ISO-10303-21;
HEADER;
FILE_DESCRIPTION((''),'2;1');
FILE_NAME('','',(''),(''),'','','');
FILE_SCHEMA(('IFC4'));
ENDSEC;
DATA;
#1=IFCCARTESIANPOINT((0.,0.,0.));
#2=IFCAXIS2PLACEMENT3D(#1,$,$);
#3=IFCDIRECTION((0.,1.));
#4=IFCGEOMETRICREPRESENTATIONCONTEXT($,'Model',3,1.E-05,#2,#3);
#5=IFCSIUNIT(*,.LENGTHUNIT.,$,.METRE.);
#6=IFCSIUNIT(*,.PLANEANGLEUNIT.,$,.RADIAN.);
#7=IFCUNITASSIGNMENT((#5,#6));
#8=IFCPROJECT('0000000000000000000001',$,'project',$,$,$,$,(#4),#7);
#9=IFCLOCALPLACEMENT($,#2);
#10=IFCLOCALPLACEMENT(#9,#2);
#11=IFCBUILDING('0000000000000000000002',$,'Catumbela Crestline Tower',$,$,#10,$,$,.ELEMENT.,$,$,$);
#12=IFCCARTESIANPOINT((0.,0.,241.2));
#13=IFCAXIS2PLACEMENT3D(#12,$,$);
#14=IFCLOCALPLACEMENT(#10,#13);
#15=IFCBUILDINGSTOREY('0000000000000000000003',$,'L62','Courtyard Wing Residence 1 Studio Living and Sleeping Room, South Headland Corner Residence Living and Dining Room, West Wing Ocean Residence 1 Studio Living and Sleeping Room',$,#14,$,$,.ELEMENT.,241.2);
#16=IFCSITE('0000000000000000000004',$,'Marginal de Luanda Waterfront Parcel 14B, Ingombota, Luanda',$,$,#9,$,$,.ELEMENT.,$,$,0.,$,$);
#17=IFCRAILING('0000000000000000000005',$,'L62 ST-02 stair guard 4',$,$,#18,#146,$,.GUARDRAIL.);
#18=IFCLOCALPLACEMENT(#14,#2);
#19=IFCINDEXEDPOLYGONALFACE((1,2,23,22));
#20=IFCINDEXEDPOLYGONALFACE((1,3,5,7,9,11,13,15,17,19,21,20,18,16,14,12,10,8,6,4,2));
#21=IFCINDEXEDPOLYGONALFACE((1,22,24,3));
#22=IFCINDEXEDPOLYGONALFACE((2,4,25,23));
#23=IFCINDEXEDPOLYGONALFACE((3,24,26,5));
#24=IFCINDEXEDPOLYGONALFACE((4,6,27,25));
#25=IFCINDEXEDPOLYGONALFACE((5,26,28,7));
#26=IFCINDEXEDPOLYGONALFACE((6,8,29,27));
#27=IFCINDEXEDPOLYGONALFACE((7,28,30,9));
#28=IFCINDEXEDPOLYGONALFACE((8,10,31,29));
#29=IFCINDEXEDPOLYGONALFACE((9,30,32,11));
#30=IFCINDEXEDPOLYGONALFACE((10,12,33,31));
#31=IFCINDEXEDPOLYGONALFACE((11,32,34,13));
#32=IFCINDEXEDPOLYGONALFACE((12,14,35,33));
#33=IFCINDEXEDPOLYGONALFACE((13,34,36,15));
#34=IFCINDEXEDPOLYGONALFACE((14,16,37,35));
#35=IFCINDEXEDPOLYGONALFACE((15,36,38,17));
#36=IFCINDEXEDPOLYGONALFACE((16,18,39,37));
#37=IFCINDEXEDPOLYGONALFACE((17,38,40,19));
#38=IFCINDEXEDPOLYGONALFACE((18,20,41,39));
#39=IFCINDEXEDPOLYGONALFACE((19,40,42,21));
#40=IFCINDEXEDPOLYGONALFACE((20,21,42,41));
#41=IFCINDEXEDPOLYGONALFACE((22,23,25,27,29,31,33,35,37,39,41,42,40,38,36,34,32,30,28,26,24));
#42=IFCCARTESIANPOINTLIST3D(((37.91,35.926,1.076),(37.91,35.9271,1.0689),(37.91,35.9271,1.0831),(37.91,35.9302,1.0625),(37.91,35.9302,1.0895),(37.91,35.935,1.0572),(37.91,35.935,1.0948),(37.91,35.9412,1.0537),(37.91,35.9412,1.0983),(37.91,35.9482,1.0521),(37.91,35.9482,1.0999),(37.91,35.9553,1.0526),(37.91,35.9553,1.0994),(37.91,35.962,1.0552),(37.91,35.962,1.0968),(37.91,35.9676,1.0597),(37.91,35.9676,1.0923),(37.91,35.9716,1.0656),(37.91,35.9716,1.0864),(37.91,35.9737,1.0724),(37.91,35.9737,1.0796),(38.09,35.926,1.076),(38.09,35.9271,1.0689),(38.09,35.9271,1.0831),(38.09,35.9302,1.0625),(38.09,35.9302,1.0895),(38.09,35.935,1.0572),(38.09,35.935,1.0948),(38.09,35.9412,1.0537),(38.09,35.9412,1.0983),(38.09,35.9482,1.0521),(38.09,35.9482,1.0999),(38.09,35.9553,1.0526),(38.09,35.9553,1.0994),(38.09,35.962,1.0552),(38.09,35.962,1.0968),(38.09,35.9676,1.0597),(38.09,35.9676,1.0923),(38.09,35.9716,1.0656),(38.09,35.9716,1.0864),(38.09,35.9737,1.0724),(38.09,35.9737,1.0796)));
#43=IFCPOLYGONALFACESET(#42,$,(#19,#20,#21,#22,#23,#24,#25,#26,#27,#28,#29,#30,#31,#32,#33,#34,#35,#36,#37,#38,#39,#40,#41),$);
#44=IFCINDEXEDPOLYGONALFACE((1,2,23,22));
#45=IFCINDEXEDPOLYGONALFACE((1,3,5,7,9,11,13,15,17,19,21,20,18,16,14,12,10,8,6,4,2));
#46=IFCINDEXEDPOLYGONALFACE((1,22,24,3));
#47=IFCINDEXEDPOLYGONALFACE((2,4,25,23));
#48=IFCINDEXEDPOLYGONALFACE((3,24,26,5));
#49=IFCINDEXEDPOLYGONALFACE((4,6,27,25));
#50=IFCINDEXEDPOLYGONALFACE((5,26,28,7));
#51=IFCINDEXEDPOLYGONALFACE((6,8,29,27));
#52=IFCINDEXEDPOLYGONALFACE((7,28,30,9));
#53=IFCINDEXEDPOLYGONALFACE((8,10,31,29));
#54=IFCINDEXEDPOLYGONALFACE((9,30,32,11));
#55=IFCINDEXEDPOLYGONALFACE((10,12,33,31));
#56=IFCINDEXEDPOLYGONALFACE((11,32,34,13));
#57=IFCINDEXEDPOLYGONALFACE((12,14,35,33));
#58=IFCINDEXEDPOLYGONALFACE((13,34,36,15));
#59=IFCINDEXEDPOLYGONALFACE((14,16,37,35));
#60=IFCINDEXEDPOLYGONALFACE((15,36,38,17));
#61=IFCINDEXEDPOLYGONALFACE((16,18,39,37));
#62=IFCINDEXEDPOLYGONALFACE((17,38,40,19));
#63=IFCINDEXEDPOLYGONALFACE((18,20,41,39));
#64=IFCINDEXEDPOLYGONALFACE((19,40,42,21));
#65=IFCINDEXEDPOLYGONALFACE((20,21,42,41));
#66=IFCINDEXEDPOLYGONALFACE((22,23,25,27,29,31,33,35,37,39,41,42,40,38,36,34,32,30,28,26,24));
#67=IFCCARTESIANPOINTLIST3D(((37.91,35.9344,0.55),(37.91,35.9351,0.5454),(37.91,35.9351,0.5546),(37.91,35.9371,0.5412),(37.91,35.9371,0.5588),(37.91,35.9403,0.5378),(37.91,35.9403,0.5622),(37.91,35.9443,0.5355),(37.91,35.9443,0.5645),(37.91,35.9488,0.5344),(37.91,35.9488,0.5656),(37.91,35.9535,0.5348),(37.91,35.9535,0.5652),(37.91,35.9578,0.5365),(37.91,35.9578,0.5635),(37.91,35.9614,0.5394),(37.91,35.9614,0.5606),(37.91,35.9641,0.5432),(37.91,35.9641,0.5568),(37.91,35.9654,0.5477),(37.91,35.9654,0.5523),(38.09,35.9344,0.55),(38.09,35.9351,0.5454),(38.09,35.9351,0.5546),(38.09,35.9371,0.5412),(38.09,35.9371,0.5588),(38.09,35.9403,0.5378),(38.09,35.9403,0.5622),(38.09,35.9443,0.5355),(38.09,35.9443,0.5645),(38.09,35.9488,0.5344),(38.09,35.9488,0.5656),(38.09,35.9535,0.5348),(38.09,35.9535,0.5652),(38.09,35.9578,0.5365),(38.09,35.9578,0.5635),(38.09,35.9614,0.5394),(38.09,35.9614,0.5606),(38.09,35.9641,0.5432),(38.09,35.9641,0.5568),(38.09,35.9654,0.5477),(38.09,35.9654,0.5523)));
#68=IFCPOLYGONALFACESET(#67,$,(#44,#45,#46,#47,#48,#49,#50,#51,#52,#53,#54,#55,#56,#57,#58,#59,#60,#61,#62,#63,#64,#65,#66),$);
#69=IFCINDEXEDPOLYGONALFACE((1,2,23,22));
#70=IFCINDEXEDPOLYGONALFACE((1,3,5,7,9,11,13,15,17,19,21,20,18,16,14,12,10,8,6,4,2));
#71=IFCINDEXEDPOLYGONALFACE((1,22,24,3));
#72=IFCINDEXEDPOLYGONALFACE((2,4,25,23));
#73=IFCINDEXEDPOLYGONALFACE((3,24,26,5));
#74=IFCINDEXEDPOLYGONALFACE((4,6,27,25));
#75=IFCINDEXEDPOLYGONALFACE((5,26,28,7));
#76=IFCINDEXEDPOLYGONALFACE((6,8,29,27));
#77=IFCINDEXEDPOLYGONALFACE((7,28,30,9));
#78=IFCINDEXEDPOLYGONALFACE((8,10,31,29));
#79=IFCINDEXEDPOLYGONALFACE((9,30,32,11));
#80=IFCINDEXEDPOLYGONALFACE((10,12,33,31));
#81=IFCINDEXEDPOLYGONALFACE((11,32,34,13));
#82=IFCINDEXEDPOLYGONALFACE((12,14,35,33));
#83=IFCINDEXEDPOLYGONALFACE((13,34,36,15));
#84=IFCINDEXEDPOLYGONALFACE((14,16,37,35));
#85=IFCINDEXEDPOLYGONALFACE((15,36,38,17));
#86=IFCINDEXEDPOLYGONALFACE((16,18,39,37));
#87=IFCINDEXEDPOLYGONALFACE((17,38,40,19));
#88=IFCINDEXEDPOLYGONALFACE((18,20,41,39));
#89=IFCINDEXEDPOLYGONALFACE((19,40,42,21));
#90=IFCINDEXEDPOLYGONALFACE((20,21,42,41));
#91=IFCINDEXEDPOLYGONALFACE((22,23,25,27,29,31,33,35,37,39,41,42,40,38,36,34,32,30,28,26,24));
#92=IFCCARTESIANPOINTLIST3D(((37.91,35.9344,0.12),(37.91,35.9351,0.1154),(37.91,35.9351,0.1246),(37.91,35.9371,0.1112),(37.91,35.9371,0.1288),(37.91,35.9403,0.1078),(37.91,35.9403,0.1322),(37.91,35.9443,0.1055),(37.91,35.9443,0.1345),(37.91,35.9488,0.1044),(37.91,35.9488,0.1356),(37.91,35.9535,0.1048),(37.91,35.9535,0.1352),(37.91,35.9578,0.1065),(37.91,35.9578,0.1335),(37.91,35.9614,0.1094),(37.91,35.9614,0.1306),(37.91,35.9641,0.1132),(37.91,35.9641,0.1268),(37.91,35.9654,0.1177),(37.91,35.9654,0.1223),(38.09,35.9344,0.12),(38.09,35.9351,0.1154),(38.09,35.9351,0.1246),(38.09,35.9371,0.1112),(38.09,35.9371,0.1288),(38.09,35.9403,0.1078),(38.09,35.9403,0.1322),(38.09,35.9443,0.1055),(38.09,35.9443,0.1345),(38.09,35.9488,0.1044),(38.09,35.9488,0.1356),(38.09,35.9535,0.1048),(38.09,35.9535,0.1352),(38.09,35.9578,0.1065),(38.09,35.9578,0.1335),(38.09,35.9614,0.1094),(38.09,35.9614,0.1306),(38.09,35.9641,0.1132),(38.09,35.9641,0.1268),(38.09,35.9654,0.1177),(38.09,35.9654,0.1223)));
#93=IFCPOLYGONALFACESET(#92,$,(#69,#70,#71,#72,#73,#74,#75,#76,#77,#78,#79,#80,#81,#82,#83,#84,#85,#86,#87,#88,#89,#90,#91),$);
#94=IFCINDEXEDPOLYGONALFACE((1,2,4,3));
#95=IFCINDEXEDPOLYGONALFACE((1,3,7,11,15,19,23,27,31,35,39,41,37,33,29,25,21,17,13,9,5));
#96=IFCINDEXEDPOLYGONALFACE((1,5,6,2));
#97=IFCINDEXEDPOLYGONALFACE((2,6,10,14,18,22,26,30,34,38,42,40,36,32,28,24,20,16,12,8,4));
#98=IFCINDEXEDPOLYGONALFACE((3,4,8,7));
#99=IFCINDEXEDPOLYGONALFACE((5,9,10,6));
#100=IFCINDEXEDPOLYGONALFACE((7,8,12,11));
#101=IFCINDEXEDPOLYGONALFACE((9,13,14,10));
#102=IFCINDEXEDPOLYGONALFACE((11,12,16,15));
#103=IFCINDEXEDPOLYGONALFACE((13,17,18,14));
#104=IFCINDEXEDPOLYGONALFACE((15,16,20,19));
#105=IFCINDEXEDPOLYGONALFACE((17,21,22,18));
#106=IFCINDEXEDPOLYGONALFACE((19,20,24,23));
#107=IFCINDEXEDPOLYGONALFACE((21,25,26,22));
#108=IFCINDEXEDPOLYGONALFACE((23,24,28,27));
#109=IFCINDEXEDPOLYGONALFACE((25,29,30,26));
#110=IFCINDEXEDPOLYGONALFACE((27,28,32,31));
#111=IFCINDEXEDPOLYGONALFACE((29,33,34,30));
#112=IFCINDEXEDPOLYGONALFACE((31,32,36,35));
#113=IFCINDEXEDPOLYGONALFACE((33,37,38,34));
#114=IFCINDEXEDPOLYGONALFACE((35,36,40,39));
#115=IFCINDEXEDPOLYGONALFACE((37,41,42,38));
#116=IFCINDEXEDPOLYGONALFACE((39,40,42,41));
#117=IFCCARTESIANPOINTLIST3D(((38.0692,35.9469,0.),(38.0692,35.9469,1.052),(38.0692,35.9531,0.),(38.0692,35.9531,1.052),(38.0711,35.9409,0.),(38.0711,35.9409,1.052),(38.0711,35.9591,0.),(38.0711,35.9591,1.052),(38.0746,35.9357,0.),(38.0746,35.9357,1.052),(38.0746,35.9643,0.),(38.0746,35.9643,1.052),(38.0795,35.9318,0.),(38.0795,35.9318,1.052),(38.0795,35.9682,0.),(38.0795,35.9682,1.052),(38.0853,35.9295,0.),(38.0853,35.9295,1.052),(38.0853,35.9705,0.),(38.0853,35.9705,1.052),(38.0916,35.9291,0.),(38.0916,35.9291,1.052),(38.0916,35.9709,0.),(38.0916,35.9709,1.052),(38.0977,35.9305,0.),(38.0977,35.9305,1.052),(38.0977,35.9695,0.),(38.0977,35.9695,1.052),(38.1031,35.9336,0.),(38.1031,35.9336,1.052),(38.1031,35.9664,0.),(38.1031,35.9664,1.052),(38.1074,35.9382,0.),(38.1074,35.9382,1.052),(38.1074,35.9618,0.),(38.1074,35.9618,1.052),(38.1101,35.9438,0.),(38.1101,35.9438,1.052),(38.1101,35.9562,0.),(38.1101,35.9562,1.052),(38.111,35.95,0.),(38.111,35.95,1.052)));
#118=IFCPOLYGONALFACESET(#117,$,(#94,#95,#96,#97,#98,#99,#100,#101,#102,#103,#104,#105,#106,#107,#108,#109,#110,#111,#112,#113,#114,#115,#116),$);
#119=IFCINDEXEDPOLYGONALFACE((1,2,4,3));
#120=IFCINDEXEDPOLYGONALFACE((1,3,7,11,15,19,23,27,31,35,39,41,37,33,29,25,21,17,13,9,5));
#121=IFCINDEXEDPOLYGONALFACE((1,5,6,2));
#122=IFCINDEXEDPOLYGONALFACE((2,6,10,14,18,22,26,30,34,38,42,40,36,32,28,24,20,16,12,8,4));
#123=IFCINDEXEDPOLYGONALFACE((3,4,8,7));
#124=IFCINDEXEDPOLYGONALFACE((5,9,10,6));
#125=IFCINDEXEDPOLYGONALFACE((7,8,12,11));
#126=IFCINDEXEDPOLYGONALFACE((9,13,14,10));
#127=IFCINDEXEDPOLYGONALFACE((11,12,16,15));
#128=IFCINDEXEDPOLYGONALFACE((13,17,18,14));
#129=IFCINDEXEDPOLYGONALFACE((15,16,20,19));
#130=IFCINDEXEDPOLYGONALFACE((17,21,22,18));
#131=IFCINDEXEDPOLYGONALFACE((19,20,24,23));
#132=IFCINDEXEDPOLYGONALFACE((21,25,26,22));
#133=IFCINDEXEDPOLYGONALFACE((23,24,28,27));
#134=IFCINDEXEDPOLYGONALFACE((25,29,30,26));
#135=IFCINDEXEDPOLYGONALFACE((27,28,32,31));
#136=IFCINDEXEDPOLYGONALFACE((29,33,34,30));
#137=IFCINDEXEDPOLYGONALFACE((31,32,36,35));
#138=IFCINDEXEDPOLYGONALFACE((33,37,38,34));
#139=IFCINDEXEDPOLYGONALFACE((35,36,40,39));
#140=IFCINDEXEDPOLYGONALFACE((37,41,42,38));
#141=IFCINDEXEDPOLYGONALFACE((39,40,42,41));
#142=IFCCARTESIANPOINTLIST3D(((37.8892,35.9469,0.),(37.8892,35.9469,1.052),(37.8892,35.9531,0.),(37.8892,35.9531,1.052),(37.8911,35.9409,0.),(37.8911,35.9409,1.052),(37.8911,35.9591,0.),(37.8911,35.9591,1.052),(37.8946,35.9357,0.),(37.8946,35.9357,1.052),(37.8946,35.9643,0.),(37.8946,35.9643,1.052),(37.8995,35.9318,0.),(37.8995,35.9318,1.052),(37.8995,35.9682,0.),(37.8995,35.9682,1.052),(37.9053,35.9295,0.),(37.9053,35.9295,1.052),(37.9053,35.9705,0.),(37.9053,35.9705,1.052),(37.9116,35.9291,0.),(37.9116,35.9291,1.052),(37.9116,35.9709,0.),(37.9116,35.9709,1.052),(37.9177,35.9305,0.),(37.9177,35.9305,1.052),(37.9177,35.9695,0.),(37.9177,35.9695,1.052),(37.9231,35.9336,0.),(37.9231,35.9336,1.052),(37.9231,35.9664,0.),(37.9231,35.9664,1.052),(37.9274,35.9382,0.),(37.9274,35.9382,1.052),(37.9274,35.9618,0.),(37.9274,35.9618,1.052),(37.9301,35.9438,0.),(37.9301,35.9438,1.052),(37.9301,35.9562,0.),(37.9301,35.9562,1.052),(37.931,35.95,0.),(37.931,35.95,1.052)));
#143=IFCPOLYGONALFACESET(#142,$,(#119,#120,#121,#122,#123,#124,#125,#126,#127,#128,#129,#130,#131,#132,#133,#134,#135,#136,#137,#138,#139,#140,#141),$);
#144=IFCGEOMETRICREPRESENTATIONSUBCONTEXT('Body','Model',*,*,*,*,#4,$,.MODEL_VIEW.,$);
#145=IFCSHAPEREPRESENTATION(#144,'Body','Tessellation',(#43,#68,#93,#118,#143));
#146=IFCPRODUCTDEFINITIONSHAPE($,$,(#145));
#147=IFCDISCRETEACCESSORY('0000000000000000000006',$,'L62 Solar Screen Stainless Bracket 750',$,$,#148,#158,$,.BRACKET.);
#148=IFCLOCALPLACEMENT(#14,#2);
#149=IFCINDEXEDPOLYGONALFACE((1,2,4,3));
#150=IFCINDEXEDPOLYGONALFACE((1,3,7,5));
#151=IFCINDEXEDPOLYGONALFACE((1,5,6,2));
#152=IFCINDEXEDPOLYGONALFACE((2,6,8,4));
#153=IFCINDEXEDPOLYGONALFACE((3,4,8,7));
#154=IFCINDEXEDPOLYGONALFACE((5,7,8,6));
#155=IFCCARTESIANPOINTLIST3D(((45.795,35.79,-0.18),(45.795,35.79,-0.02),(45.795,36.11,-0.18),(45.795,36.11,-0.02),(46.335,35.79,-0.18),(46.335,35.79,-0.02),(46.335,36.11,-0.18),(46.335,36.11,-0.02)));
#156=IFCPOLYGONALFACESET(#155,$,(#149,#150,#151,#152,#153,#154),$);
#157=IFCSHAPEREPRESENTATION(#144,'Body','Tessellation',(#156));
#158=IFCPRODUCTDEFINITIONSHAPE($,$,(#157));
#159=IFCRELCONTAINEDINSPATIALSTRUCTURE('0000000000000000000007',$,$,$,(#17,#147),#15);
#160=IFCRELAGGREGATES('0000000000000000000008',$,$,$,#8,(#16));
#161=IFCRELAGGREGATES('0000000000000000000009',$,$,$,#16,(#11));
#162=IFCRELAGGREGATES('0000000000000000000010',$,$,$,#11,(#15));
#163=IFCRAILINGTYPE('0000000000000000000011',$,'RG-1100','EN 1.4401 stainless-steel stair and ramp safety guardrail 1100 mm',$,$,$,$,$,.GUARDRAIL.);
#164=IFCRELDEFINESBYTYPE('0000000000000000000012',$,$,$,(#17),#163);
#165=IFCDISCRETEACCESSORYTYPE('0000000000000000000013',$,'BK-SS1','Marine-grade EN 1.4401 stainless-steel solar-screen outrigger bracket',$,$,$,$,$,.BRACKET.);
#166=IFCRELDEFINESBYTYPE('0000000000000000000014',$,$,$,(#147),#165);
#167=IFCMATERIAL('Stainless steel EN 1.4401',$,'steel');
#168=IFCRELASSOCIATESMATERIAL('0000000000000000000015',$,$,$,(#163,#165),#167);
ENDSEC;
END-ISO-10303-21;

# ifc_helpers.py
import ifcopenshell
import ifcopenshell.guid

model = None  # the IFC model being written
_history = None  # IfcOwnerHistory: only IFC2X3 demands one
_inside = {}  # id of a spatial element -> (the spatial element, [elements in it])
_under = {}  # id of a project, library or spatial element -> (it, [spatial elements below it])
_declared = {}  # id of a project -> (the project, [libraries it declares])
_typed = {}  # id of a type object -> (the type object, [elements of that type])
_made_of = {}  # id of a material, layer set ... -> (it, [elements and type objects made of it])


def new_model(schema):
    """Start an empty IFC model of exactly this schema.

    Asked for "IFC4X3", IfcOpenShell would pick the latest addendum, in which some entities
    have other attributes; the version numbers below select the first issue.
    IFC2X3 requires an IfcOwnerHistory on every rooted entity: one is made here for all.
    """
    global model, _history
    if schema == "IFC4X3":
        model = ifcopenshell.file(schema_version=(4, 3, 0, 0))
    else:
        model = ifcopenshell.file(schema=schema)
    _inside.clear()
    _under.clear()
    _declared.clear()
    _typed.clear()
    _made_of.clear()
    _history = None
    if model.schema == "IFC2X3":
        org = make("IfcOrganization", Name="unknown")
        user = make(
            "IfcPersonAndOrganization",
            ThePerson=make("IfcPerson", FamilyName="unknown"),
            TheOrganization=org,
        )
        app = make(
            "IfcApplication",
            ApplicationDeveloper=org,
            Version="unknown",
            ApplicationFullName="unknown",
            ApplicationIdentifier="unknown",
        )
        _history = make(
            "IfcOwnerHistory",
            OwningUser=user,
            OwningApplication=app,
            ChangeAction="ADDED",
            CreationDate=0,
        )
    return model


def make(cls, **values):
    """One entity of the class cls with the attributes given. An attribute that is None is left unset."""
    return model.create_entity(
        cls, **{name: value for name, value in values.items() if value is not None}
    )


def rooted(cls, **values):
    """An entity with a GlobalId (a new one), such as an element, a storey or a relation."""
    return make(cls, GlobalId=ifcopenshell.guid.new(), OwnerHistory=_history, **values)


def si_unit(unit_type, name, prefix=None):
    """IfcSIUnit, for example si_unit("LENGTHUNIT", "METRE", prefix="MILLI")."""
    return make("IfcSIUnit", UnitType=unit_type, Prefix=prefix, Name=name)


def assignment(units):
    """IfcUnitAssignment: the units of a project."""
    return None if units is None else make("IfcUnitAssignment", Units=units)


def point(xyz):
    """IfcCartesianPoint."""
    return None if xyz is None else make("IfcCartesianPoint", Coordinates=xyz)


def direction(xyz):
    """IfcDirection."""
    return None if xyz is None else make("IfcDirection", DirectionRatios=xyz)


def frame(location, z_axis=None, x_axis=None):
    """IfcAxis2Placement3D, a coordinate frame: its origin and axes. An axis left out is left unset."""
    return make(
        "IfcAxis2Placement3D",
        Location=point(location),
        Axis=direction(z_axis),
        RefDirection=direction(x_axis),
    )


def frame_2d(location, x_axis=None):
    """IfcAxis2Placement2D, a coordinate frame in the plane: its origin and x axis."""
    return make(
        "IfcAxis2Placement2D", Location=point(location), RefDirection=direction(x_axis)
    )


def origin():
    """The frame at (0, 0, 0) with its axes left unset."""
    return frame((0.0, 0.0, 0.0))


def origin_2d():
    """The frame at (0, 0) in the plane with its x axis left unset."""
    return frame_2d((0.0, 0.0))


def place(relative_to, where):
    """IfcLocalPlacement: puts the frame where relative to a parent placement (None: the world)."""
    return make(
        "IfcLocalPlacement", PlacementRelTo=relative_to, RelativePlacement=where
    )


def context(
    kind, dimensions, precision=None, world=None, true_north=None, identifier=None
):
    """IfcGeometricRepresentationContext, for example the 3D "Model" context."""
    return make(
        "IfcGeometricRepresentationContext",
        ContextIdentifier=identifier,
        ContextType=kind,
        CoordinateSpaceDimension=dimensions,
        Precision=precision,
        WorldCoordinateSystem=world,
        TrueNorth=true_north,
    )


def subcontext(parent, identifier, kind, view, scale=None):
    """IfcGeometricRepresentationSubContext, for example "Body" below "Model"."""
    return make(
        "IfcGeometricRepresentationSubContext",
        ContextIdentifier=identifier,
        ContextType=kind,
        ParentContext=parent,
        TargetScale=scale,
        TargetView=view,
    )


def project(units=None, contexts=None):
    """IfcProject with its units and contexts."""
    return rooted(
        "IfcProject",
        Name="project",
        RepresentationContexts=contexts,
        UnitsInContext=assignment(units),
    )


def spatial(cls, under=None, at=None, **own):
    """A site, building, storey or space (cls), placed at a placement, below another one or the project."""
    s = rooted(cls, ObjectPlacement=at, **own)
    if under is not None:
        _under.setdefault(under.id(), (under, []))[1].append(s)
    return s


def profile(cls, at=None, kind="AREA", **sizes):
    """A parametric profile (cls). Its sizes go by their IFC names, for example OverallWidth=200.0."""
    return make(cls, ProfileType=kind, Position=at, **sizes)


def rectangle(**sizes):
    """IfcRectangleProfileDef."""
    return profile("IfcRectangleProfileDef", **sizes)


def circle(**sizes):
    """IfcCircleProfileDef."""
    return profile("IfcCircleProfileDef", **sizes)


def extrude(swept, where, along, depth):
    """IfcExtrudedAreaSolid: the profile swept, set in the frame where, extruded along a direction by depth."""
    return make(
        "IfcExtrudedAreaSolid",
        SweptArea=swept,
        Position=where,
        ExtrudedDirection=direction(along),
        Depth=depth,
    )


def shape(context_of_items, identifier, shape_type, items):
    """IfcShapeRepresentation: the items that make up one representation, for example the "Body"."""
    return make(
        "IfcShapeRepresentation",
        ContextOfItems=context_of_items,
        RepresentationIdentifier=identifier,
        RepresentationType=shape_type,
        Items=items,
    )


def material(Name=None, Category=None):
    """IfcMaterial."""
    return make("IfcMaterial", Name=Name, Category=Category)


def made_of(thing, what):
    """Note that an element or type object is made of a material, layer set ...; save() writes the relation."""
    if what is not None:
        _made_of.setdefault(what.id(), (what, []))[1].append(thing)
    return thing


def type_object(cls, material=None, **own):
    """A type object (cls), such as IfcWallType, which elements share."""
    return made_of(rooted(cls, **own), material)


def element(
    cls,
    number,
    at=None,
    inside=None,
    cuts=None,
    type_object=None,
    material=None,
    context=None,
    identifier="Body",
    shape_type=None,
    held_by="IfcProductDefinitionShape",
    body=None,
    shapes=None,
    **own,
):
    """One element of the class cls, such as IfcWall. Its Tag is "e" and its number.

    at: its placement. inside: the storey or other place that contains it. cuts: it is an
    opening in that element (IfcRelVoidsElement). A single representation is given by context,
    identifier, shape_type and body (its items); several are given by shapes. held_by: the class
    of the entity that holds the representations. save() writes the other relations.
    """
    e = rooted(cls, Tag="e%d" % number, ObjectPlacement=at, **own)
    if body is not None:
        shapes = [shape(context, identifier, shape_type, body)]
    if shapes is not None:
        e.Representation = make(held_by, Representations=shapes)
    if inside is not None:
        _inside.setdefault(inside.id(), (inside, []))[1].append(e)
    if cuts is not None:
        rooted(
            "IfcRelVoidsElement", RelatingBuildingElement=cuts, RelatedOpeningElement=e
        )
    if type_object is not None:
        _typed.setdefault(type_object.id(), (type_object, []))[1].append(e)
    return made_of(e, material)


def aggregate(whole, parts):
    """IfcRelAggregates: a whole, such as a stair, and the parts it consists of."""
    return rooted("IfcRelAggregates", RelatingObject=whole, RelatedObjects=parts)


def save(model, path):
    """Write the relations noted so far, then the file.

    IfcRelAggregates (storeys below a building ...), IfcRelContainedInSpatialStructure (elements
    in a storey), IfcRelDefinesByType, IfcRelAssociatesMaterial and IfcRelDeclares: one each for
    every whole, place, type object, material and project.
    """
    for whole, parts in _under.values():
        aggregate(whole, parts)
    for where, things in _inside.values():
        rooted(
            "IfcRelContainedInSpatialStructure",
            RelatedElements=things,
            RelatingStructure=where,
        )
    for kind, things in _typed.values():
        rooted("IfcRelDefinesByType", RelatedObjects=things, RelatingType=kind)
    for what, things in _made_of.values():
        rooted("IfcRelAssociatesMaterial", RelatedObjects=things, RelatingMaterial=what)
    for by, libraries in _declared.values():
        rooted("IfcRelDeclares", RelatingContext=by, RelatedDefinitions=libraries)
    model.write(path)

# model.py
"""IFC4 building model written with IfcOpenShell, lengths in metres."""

from ifc_helpers import new_model, si_unit, direction, frame, origin, origin_2d, place, context, subcontext, project, spatial, rectangle, circle, extrude, material, type_object, element, save


model = new_model("IFC4")

# Units and contexts
model_context = context("Model", 3, precision=1e-05, world=origin(), true_north=direction((0.0, 1.0)))
body_context = subcontext(model_context, "Body", "Model", "MODEL_VIEW")
ifc_project = project(units=[si_unit("LENGTHUNIT", "METRE"), si_unit("PLANEANGLEUNIT", "RADIAN")], contexts=[model_context])

# Site, building, storey
site_placement = place(None, origin())
site = spatial("IfcSite", under=ifc_project, at=site_placement, Name="Marginal de Luanda Waterfront Parcel 14B, Ingombota, Luanda", CompositionType="ELEMENT", RefElevation=0.0)
building_placement = place(site_placement, origin())
building = spatial("IfcBuilding", under=site, at=building_placement, Name="Catumbela Crestline Tower", CompositionType="ELEMENT")
storey_placement = place(building_placement, frame((0.0, 0.0, 241.2)))
storey = spatial("IfcBuildingStorey", under=building, at=storey_placement, Name="L62", Description="Courtyard Wing Residence 1 Studio Living and Sleeping Room, South Headland Corner Residence Living and Dining Room, West Wing Ocean Residence 1 Studio Living and Sleeping Room", CompositionType="ELEMENT", Elevation=241.2)

# Railing
ifc_material_1 = material(Name="Stainless steel EN 1.4401", Category="steel")
railing_type = type_object("IfcRailingType", Name="RG-1100", Description="EN 1.4401 stainless-steel stair and ramp safety guardrail 1100 mm", PredefinedType="GUARDRAIL", material=ifc_material_1)
railing_placement = place(storey_placement, frame((38.09, 35.95, 0.0)))
element("IfcRailing", 1, at=railing_placement, inside=storey, type_object=railing_type, Name="L62 ST-02 stair guard 4", PredefinedType="GUARDRAIL", context=body_context, shape_type="SweptSolid", body=[
    extrude(circle(Radius=0.024, at=origin_2d()), frame((0.0, 0.0, 1.076), z_axis=(-1.0, 0.0, 0.0), x_axis=(0.0, -1.0, 0.0)), (0.0, 0.0, 1.0), 0.18),
    extrude(circle(Radius=0.0156, at=origin_2d()), frame((0.0, 0.0, 0.55), z_axis=(-1.0, 0.0, 0.0), x_axis=(0.0, -1.0, 0.0)), (0.0, 0.0, 1.0), 0.18),
    extrude(circle(Radius=0.0156, at=origin_2d()), frame((0.0, 0.0, 0.12), z_axis=(-1.0, 0.0, 0.0), x_axis=(0.0, -1.0, 0.0)), (0.0, 0.0, 1.0), 0.18),
    extrude(circle(Radius=0.021, at=origin_2d()), origin(), (0.0, 0.0, 1.0), 1.052),
    extrude(circle(Radius=0.021, at=origin_2d()), frame((-0.18, 0.0, 0.0)), (0.0, 0.0, 1.0), 1.052),
])

# Discrete accessory
discrete_accessory_type = type_object("IfcDiscreteAccessoryType", Name="BK-SS1", Description="Marine-grade EN 1.4401 stainless-steel solar-screen outrigger bracket", PredefinedType="BRACKET", material=ifc_material_1)
discrete_accessory_placement = place(storey_placement, frame((46.065, 35.95, -0.18), z_axis=(0.0, 0.0, 1.0), x_axis=(0.0, 1.0, 0.0)))
element("IfcDiscreteAccessory", 2, at=discrete_accessory_placement, inside=storey, type_object=discrete_accessory_type, Name="L62 Solar Screen Stainless Bracket 750", PredefinedType="BRACKET", context=body_context, shape_type="SweptSolid", body=[
    extrude(rectangle(XDim=0.32, YDim=0.54, at=origin_2d()), origin(), (0.0, 0.0, 1.0), 0.16),
])

save(model, "model.ifc")
